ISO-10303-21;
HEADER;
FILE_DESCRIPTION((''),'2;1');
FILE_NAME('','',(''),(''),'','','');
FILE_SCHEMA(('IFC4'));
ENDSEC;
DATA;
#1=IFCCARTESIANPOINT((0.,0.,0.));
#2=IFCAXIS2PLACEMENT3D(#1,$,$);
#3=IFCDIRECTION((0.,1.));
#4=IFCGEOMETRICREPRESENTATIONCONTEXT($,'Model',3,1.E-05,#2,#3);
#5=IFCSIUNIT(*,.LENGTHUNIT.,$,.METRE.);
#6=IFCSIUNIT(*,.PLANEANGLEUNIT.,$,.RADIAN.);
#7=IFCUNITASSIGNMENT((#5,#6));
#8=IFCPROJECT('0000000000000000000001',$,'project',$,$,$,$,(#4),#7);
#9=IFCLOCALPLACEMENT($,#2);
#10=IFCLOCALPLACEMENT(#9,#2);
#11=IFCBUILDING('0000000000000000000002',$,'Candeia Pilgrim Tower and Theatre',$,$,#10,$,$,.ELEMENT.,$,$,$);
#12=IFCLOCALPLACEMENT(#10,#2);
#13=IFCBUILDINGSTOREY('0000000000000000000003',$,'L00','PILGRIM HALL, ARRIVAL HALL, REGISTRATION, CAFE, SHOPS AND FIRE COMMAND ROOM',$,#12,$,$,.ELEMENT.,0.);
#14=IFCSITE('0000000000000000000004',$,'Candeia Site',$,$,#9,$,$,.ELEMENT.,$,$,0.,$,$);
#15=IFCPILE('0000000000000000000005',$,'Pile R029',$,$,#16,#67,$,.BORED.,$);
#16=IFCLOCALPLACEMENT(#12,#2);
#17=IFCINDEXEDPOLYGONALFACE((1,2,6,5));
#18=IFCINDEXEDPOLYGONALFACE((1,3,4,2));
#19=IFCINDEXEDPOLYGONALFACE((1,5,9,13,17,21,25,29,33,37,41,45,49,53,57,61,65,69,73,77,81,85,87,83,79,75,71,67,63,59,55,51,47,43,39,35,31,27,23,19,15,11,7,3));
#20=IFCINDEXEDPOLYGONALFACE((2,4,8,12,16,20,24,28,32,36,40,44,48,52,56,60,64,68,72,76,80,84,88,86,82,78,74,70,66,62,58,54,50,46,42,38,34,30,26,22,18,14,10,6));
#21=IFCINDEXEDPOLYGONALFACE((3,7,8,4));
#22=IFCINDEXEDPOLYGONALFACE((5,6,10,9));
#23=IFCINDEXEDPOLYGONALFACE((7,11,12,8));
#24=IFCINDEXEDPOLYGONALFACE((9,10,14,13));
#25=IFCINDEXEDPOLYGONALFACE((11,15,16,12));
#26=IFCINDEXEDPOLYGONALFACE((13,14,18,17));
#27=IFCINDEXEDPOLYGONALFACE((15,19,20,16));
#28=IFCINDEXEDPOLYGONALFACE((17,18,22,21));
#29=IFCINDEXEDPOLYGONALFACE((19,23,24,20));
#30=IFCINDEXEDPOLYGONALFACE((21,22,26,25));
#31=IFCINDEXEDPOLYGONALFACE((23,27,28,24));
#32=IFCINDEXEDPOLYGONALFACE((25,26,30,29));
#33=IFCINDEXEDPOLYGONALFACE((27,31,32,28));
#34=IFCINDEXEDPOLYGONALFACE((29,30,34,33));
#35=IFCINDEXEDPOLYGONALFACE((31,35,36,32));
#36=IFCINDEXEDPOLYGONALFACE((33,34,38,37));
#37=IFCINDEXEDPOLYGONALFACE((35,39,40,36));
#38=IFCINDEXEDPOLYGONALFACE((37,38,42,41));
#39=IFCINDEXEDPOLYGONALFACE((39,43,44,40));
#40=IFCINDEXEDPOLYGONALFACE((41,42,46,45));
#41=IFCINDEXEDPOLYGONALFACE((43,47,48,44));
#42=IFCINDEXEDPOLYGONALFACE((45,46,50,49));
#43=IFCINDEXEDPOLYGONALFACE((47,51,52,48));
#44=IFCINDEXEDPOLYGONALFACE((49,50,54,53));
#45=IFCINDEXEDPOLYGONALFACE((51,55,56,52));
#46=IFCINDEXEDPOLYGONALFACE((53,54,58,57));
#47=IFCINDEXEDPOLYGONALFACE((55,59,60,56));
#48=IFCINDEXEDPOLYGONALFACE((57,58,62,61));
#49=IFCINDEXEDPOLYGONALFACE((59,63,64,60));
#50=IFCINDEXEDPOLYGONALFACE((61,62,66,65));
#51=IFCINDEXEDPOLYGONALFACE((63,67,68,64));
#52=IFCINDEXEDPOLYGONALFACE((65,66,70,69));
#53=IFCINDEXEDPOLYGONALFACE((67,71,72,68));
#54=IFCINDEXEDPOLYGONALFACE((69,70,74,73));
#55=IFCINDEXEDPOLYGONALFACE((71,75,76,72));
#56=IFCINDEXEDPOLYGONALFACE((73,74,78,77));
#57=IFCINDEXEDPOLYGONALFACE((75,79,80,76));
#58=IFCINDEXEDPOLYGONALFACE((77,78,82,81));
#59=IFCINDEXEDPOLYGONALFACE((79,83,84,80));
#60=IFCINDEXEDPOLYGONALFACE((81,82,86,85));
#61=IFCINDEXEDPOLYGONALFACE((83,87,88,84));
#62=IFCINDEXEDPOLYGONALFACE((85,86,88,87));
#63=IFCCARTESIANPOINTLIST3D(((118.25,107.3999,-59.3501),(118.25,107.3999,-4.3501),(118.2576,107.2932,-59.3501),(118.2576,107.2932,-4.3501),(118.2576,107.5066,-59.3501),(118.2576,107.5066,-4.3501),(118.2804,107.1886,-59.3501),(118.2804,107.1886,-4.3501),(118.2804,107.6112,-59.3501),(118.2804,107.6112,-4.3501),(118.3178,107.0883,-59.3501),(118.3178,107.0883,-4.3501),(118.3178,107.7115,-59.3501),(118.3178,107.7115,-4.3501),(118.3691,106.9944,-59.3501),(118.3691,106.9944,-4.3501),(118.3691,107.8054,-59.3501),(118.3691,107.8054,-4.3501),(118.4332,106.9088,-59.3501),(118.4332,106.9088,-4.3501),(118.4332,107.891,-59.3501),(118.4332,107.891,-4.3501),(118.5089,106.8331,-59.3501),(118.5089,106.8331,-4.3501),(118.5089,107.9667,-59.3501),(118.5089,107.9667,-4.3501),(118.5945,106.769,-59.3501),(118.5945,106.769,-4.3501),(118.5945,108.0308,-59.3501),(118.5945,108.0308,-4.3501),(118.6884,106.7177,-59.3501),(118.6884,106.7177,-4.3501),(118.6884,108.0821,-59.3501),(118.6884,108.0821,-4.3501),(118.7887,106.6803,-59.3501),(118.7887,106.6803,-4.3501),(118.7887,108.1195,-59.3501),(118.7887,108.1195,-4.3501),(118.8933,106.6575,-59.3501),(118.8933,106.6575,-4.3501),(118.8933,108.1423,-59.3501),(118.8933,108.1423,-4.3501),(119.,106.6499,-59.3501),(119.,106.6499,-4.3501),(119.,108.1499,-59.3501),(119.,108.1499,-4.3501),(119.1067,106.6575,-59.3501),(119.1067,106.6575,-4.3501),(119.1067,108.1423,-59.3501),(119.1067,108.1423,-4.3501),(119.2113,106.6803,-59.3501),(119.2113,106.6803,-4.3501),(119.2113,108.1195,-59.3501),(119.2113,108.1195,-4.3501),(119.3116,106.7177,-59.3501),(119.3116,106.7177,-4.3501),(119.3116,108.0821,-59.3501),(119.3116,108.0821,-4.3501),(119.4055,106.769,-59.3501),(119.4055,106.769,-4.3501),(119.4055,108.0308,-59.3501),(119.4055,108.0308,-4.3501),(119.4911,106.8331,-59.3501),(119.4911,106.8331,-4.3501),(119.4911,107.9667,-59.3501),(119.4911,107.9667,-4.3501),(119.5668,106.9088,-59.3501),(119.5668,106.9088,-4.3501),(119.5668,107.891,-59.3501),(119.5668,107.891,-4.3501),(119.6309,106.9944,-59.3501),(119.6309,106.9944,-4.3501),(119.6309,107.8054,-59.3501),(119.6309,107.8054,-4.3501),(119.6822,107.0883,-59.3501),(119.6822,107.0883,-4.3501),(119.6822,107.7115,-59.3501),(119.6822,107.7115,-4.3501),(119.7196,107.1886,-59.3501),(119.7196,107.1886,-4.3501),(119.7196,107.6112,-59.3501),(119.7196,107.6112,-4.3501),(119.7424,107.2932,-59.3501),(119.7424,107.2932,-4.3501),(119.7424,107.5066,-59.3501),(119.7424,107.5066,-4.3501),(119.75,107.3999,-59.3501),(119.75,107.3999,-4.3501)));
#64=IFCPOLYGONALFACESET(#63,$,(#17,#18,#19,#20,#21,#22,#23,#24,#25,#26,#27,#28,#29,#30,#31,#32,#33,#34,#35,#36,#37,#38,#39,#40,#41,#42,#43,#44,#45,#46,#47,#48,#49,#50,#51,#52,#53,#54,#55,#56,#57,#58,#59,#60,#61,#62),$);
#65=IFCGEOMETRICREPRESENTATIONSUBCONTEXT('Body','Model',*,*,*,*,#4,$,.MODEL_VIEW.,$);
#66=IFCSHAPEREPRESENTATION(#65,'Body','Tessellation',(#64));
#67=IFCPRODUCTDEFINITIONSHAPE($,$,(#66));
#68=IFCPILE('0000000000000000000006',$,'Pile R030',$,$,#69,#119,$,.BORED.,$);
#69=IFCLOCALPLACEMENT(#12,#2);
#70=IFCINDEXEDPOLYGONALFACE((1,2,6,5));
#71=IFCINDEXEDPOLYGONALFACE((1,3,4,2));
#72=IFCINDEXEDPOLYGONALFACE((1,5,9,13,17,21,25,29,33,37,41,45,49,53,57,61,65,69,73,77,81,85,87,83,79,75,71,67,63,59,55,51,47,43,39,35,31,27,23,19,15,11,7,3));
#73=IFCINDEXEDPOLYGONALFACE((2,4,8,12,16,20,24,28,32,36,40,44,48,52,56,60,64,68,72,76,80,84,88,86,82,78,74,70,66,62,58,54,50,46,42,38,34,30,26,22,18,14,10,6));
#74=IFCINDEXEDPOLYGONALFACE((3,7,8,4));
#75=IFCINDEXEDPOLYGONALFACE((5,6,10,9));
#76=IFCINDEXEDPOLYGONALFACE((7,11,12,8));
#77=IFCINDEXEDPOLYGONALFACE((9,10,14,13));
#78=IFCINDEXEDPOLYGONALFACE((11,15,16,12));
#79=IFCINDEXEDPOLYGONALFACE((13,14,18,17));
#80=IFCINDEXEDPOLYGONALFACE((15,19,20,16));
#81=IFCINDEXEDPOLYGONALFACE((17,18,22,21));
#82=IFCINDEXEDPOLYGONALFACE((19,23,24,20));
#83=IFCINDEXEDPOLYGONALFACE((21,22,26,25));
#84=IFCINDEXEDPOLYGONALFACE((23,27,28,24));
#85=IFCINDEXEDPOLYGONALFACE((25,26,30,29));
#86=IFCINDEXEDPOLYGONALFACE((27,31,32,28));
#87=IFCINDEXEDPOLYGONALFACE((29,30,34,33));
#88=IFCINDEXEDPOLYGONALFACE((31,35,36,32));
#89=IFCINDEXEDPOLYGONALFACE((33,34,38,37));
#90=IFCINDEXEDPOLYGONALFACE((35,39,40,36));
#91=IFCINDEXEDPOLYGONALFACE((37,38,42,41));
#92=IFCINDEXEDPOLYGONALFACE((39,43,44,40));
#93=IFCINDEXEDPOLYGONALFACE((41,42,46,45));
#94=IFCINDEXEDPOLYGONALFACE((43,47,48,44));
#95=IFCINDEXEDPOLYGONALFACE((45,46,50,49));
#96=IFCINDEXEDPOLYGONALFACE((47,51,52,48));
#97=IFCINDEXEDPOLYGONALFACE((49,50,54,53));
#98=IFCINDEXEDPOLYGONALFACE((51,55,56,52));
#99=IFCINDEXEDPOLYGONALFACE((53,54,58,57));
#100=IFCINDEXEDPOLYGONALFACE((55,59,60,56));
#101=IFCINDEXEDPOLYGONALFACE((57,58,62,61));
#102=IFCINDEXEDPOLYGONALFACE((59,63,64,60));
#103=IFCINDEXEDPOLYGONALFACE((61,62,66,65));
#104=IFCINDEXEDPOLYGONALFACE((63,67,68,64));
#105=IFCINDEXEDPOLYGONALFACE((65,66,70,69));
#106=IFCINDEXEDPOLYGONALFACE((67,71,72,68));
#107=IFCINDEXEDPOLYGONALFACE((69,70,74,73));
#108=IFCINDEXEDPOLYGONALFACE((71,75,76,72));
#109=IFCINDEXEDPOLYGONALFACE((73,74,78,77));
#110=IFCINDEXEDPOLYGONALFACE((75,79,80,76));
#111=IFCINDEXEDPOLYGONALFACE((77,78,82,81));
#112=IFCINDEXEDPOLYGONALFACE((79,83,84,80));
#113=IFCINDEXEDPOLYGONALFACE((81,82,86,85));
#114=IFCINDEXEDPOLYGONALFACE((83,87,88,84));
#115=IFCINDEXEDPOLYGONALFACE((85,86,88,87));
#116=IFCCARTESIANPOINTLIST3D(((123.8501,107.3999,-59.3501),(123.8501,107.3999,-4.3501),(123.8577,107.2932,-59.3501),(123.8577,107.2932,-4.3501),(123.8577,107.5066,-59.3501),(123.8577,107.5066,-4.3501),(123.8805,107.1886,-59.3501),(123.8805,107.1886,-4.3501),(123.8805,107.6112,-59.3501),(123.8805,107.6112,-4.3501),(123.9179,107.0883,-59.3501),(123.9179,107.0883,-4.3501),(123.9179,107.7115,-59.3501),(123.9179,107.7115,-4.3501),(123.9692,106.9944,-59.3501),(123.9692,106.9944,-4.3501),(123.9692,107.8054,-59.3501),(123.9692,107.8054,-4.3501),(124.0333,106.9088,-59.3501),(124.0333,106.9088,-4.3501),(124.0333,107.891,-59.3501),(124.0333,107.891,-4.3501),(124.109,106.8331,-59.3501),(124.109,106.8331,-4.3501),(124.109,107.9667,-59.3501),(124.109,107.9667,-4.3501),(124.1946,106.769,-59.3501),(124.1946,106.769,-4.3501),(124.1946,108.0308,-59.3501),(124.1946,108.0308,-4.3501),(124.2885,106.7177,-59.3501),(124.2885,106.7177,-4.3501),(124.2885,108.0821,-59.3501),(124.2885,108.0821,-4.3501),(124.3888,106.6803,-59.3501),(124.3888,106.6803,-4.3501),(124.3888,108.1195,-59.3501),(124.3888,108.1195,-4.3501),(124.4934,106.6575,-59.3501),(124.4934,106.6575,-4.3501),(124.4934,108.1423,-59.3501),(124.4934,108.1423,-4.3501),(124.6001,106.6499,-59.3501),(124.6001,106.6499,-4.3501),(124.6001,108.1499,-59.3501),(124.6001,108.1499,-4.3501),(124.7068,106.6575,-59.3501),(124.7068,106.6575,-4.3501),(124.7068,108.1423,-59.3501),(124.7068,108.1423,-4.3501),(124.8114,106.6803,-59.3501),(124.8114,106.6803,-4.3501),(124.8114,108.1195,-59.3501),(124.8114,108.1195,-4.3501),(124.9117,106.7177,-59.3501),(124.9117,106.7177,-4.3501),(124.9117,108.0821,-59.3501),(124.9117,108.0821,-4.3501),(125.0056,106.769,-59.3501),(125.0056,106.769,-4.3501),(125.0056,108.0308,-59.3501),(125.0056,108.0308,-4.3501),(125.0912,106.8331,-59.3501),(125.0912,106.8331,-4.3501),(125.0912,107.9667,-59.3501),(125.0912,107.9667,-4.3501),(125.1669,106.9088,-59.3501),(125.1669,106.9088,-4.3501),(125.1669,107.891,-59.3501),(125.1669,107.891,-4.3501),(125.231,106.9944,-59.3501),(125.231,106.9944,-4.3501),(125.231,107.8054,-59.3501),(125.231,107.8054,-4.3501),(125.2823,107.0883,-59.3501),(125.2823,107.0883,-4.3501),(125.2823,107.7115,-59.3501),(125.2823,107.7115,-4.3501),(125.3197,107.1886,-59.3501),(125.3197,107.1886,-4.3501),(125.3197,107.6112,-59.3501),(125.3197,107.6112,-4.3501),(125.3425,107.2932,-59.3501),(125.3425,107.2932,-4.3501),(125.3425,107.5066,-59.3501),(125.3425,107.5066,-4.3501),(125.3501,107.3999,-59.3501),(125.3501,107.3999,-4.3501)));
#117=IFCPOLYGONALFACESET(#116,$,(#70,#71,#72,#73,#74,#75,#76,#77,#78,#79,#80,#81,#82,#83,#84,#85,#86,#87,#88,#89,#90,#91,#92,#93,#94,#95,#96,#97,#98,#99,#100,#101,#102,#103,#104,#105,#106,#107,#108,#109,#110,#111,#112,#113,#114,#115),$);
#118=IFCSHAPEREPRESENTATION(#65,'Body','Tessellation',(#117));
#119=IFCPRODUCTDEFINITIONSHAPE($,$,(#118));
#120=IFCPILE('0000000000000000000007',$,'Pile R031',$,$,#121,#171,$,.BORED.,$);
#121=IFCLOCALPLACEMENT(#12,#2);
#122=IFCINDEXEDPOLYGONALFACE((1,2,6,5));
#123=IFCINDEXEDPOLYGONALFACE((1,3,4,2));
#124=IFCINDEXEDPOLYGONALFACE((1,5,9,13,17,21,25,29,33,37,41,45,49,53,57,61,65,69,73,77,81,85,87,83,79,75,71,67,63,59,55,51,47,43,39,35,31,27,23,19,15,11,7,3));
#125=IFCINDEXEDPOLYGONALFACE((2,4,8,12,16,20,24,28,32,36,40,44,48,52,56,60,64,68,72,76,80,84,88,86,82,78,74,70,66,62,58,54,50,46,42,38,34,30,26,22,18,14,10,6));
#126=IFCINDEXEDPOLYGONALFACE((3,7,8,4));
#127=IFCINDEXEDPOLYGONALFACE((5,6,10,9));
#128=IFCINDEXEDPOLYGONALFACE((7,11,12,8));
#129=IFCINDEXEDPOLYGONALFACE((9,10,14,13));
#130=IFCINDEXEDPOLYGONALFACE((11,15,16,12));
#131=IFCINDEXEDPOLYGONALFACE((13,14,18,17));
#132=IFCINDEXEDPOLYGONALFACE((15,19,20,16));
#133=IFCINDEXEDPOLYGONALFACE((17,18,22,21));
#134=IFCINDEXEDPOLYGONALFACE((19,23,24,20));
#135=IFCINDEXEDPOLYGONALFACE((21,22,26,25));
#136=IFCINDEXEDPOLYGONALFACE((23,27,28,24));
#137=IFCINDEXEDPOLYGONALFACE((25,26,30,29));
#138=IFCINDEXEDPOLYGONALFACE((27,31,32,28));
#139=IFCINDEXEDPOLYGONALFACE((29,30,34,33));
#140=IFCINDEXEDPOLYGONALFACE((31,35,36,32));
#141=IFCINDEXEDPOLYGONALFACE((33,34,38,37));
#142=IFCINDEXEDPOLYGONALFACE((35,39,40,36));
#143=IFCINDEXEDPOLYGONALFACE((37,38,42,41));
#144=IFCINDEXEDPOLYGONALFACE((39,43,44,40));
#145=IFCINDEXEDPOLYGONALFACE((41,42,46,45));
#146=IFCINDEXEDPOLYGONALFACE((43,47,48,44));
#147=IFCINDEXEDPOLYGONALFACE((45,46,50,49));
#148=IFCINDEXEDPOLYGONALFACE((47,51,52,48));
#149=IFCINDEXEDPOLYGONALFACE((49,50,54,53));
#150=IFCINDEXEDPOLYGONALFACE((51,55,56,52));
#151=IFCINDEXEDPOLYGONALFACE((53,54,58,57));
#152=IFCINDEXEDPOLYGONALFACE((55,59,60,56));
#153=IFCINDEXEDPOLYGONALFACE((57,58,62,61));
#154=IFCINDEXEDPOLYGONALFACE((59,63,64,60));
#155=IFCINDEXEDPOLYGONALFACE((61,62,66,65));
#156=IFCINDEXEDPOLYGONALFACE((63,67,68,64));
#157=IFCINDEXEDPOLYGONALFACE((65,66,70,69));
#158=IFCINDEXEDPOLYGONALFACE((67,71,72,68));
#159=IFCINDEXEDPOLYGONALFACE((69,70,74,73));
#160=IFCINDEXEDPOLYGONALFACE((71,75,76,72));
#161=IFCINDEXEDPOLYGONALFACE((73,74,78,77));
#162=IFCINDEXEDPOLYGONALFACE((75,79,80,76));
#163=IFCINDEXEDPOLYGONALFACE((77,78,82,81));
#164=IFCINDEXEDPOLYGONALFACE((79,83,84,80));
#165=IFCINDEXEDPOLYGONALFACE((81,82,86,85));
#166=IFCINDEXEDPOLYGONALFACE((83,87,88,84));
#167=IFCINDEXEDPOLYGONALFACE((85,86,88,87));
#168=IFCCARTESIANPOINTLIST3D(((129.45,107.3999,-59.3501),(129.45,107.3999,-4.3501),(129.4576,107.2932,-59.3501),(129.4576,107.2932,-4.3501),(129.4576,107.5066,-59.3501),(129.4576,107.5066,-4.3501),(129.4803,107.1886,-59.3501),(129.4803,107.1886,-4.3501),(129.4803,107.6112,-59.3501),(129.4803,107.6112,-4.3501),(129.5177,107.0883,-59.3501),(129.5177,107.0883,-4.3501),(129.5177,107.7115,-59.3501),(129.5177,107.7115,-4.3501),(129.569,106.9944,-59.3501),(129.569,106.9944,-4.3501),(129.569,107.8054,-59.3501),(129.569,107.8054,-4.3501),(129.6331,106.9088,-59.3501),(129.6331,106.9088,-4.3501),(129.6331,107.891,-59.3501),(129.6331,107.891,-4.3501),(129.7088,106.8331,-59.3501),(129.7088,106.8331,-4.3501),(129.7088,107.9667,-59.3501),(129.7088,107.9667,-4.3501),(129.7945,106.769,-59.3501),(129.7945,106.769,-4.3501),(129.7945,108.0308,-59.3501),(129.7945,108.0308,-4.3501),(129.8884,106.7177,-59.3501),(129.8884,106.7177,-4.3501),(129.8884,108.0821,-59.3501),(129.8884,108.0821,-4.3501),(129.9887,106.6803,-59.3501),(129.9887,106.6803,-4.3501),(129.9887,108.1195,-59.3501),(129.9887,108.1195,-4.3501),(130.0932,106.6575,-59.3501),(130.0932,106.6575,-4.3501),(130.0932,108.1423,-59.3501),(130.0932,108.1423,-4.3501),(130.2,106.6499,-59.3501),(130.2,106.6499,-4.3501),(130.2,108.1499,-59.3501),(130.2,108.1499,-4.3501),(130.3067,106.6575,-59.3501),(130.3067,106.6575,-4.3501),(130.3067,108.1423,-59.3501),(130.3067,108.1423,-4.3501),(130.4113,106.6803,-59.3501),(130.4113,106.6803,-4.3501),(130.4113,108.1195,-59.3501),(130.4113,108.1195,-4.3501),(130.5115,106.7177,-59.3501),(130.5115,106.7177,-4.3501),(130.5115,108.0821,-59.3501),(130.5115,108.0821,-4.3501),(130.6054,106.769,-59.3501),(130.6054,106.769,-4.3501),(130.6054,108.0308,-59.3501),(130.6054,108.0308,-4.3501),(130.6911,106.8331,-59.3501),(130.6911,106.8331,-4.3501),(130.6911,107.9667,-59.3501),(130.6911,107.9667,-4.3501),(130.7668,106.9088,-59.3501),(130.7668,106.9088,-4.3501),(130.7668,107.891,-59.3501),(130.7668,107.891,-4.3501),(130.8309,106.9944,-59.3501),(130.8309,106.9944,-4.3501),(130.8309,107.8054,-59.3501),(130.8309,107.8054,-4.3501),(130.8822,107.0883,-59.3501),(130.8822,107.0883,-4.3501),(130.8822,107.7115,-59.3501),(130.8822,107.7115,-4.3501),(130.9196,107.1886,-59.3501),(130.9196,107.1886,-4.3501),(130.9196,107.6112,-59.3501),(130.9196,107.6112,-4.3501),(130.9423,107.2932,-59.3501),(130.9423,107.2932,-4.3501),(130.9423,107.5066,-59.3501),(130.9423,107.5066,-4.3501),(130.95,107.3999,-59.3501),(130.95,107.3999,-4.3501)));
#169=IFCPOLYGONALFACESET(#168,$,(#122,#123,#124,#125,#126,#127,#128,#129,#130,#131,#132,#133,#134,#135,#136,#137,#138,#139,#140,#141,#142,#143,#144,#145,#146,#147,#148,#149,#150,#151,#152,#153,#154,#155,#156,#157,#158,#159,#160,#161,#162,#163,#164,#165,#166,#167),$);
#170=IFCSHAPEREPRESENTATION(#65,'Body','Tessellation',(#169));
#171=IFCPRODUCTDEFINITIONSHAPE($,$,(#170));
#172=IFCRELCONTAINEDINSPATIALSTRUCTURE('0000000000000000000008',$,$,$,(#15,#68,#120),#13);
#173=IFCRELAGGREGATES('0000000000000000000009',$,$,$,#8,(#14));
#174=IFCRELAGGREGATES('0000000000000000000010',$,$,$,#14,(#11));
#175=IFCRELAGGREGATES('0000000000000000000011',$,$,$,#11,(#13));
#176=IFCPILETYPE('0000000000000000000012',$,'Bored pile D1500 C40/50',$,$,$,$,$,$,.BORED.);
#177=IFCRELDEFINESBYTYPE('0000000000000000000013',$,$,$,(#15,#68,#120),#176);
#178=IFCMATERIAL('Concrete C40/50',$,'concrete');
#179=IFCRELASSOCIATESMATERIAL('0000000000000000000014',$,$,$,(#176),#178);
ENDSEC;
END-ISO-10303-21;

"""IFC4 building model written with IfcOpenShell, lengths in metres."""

from ifc_helpers import new_model, si_unit, direction, frame, origin, origin_2d, place, context, subcontext, project, spatial, circle, extrude, material, material_profile, profile_set, type_object, element, save


model = new_model("IFC4")

# Units and contexts
model_context = context("Model", 3, precision=1e-05, world=origin(), true_north=direction((0.0, 1.0)))
body_context = subcontext(model_context, "Body", "Model", "MODEL_VIEW")
ifc_project = project(units=[si_unit("LENGTHUNIT", "METRE"), si_unit("PLANEANGLEUNIT", "RADIAN")], contexts=[model_context])

# Site, building, storey
site_placement = place(None, origin())
site = spatial("IfcSite", under=ifc_project, at=site_placement, Name="Candeia Site", CompositionType="ELEMENT", RefElevation=0.0)
building_placement = place(site_placement, origin())
building = spatial("IfcBuilding", under=site, at=building_placement, Name="Candeia Pilgrim Tower and Theatre", CompositionType="ELEMENT")
storey_placement = place(building_placement, origin())
storey = spatial("IfcBuildingStorey", under=building, at=storey_placement, Name="L00", Description="PILGRIM HALL, ARRIVAL HALL, REGISTRATION, CAFE, SHOPS AND FIRE COMMAND ROOM", CompositionType="ELEMENT", Elevation=0.0)

# Piles
ifc_material_1 = material(Name="Concrete C40/50", Category="concrete")
ifc_material_profile_1 = material_profile(ifc_material_1, circle(Radius=0.75, at=origin_2d()))
ifc_profile_set_1 = profile_set([ifc_material_profile_1], Name="Concrete C40/50")
pile_type = type_object("IfcPileType", Name="Bored pile D1500 C40/50", PredefinedType="BORED", material=ifc_profile_set_1)
for number, where, z_axis, x_axis, name in (
    (1, (119.0, 107.3999, -4.3501), (0.0, 0.0, -1.0), (1.0, 0.0, 0.0), "Pile R029"),
    (2, (124.6001, 107.3999, -4.3501), (0.0, 0.0, -1.0), (1.0, 0.0, 0.0), "Pile R030"),
    (3, (130.2, 107.3999, -4.3501), (0.0, 0.0, -1.0), (1.0, 0.0, 0.0), "Pile R031"),
):
    element("IfcPile", number, at=place(storey_placement, frame(where, z_axis=z_axis, x_axis=x_axis)), inside=storey, type_object=pile_type, Name=name, PredefinedType="BORED", context=body_context, shape_type="SweptSolid", body=[
        extrude(circle(Radius=0.75, at=origin_2d()), origin(), (0.0, 0.0, 1.0), 55.0),
    ])

save(model, "model.ifc")
